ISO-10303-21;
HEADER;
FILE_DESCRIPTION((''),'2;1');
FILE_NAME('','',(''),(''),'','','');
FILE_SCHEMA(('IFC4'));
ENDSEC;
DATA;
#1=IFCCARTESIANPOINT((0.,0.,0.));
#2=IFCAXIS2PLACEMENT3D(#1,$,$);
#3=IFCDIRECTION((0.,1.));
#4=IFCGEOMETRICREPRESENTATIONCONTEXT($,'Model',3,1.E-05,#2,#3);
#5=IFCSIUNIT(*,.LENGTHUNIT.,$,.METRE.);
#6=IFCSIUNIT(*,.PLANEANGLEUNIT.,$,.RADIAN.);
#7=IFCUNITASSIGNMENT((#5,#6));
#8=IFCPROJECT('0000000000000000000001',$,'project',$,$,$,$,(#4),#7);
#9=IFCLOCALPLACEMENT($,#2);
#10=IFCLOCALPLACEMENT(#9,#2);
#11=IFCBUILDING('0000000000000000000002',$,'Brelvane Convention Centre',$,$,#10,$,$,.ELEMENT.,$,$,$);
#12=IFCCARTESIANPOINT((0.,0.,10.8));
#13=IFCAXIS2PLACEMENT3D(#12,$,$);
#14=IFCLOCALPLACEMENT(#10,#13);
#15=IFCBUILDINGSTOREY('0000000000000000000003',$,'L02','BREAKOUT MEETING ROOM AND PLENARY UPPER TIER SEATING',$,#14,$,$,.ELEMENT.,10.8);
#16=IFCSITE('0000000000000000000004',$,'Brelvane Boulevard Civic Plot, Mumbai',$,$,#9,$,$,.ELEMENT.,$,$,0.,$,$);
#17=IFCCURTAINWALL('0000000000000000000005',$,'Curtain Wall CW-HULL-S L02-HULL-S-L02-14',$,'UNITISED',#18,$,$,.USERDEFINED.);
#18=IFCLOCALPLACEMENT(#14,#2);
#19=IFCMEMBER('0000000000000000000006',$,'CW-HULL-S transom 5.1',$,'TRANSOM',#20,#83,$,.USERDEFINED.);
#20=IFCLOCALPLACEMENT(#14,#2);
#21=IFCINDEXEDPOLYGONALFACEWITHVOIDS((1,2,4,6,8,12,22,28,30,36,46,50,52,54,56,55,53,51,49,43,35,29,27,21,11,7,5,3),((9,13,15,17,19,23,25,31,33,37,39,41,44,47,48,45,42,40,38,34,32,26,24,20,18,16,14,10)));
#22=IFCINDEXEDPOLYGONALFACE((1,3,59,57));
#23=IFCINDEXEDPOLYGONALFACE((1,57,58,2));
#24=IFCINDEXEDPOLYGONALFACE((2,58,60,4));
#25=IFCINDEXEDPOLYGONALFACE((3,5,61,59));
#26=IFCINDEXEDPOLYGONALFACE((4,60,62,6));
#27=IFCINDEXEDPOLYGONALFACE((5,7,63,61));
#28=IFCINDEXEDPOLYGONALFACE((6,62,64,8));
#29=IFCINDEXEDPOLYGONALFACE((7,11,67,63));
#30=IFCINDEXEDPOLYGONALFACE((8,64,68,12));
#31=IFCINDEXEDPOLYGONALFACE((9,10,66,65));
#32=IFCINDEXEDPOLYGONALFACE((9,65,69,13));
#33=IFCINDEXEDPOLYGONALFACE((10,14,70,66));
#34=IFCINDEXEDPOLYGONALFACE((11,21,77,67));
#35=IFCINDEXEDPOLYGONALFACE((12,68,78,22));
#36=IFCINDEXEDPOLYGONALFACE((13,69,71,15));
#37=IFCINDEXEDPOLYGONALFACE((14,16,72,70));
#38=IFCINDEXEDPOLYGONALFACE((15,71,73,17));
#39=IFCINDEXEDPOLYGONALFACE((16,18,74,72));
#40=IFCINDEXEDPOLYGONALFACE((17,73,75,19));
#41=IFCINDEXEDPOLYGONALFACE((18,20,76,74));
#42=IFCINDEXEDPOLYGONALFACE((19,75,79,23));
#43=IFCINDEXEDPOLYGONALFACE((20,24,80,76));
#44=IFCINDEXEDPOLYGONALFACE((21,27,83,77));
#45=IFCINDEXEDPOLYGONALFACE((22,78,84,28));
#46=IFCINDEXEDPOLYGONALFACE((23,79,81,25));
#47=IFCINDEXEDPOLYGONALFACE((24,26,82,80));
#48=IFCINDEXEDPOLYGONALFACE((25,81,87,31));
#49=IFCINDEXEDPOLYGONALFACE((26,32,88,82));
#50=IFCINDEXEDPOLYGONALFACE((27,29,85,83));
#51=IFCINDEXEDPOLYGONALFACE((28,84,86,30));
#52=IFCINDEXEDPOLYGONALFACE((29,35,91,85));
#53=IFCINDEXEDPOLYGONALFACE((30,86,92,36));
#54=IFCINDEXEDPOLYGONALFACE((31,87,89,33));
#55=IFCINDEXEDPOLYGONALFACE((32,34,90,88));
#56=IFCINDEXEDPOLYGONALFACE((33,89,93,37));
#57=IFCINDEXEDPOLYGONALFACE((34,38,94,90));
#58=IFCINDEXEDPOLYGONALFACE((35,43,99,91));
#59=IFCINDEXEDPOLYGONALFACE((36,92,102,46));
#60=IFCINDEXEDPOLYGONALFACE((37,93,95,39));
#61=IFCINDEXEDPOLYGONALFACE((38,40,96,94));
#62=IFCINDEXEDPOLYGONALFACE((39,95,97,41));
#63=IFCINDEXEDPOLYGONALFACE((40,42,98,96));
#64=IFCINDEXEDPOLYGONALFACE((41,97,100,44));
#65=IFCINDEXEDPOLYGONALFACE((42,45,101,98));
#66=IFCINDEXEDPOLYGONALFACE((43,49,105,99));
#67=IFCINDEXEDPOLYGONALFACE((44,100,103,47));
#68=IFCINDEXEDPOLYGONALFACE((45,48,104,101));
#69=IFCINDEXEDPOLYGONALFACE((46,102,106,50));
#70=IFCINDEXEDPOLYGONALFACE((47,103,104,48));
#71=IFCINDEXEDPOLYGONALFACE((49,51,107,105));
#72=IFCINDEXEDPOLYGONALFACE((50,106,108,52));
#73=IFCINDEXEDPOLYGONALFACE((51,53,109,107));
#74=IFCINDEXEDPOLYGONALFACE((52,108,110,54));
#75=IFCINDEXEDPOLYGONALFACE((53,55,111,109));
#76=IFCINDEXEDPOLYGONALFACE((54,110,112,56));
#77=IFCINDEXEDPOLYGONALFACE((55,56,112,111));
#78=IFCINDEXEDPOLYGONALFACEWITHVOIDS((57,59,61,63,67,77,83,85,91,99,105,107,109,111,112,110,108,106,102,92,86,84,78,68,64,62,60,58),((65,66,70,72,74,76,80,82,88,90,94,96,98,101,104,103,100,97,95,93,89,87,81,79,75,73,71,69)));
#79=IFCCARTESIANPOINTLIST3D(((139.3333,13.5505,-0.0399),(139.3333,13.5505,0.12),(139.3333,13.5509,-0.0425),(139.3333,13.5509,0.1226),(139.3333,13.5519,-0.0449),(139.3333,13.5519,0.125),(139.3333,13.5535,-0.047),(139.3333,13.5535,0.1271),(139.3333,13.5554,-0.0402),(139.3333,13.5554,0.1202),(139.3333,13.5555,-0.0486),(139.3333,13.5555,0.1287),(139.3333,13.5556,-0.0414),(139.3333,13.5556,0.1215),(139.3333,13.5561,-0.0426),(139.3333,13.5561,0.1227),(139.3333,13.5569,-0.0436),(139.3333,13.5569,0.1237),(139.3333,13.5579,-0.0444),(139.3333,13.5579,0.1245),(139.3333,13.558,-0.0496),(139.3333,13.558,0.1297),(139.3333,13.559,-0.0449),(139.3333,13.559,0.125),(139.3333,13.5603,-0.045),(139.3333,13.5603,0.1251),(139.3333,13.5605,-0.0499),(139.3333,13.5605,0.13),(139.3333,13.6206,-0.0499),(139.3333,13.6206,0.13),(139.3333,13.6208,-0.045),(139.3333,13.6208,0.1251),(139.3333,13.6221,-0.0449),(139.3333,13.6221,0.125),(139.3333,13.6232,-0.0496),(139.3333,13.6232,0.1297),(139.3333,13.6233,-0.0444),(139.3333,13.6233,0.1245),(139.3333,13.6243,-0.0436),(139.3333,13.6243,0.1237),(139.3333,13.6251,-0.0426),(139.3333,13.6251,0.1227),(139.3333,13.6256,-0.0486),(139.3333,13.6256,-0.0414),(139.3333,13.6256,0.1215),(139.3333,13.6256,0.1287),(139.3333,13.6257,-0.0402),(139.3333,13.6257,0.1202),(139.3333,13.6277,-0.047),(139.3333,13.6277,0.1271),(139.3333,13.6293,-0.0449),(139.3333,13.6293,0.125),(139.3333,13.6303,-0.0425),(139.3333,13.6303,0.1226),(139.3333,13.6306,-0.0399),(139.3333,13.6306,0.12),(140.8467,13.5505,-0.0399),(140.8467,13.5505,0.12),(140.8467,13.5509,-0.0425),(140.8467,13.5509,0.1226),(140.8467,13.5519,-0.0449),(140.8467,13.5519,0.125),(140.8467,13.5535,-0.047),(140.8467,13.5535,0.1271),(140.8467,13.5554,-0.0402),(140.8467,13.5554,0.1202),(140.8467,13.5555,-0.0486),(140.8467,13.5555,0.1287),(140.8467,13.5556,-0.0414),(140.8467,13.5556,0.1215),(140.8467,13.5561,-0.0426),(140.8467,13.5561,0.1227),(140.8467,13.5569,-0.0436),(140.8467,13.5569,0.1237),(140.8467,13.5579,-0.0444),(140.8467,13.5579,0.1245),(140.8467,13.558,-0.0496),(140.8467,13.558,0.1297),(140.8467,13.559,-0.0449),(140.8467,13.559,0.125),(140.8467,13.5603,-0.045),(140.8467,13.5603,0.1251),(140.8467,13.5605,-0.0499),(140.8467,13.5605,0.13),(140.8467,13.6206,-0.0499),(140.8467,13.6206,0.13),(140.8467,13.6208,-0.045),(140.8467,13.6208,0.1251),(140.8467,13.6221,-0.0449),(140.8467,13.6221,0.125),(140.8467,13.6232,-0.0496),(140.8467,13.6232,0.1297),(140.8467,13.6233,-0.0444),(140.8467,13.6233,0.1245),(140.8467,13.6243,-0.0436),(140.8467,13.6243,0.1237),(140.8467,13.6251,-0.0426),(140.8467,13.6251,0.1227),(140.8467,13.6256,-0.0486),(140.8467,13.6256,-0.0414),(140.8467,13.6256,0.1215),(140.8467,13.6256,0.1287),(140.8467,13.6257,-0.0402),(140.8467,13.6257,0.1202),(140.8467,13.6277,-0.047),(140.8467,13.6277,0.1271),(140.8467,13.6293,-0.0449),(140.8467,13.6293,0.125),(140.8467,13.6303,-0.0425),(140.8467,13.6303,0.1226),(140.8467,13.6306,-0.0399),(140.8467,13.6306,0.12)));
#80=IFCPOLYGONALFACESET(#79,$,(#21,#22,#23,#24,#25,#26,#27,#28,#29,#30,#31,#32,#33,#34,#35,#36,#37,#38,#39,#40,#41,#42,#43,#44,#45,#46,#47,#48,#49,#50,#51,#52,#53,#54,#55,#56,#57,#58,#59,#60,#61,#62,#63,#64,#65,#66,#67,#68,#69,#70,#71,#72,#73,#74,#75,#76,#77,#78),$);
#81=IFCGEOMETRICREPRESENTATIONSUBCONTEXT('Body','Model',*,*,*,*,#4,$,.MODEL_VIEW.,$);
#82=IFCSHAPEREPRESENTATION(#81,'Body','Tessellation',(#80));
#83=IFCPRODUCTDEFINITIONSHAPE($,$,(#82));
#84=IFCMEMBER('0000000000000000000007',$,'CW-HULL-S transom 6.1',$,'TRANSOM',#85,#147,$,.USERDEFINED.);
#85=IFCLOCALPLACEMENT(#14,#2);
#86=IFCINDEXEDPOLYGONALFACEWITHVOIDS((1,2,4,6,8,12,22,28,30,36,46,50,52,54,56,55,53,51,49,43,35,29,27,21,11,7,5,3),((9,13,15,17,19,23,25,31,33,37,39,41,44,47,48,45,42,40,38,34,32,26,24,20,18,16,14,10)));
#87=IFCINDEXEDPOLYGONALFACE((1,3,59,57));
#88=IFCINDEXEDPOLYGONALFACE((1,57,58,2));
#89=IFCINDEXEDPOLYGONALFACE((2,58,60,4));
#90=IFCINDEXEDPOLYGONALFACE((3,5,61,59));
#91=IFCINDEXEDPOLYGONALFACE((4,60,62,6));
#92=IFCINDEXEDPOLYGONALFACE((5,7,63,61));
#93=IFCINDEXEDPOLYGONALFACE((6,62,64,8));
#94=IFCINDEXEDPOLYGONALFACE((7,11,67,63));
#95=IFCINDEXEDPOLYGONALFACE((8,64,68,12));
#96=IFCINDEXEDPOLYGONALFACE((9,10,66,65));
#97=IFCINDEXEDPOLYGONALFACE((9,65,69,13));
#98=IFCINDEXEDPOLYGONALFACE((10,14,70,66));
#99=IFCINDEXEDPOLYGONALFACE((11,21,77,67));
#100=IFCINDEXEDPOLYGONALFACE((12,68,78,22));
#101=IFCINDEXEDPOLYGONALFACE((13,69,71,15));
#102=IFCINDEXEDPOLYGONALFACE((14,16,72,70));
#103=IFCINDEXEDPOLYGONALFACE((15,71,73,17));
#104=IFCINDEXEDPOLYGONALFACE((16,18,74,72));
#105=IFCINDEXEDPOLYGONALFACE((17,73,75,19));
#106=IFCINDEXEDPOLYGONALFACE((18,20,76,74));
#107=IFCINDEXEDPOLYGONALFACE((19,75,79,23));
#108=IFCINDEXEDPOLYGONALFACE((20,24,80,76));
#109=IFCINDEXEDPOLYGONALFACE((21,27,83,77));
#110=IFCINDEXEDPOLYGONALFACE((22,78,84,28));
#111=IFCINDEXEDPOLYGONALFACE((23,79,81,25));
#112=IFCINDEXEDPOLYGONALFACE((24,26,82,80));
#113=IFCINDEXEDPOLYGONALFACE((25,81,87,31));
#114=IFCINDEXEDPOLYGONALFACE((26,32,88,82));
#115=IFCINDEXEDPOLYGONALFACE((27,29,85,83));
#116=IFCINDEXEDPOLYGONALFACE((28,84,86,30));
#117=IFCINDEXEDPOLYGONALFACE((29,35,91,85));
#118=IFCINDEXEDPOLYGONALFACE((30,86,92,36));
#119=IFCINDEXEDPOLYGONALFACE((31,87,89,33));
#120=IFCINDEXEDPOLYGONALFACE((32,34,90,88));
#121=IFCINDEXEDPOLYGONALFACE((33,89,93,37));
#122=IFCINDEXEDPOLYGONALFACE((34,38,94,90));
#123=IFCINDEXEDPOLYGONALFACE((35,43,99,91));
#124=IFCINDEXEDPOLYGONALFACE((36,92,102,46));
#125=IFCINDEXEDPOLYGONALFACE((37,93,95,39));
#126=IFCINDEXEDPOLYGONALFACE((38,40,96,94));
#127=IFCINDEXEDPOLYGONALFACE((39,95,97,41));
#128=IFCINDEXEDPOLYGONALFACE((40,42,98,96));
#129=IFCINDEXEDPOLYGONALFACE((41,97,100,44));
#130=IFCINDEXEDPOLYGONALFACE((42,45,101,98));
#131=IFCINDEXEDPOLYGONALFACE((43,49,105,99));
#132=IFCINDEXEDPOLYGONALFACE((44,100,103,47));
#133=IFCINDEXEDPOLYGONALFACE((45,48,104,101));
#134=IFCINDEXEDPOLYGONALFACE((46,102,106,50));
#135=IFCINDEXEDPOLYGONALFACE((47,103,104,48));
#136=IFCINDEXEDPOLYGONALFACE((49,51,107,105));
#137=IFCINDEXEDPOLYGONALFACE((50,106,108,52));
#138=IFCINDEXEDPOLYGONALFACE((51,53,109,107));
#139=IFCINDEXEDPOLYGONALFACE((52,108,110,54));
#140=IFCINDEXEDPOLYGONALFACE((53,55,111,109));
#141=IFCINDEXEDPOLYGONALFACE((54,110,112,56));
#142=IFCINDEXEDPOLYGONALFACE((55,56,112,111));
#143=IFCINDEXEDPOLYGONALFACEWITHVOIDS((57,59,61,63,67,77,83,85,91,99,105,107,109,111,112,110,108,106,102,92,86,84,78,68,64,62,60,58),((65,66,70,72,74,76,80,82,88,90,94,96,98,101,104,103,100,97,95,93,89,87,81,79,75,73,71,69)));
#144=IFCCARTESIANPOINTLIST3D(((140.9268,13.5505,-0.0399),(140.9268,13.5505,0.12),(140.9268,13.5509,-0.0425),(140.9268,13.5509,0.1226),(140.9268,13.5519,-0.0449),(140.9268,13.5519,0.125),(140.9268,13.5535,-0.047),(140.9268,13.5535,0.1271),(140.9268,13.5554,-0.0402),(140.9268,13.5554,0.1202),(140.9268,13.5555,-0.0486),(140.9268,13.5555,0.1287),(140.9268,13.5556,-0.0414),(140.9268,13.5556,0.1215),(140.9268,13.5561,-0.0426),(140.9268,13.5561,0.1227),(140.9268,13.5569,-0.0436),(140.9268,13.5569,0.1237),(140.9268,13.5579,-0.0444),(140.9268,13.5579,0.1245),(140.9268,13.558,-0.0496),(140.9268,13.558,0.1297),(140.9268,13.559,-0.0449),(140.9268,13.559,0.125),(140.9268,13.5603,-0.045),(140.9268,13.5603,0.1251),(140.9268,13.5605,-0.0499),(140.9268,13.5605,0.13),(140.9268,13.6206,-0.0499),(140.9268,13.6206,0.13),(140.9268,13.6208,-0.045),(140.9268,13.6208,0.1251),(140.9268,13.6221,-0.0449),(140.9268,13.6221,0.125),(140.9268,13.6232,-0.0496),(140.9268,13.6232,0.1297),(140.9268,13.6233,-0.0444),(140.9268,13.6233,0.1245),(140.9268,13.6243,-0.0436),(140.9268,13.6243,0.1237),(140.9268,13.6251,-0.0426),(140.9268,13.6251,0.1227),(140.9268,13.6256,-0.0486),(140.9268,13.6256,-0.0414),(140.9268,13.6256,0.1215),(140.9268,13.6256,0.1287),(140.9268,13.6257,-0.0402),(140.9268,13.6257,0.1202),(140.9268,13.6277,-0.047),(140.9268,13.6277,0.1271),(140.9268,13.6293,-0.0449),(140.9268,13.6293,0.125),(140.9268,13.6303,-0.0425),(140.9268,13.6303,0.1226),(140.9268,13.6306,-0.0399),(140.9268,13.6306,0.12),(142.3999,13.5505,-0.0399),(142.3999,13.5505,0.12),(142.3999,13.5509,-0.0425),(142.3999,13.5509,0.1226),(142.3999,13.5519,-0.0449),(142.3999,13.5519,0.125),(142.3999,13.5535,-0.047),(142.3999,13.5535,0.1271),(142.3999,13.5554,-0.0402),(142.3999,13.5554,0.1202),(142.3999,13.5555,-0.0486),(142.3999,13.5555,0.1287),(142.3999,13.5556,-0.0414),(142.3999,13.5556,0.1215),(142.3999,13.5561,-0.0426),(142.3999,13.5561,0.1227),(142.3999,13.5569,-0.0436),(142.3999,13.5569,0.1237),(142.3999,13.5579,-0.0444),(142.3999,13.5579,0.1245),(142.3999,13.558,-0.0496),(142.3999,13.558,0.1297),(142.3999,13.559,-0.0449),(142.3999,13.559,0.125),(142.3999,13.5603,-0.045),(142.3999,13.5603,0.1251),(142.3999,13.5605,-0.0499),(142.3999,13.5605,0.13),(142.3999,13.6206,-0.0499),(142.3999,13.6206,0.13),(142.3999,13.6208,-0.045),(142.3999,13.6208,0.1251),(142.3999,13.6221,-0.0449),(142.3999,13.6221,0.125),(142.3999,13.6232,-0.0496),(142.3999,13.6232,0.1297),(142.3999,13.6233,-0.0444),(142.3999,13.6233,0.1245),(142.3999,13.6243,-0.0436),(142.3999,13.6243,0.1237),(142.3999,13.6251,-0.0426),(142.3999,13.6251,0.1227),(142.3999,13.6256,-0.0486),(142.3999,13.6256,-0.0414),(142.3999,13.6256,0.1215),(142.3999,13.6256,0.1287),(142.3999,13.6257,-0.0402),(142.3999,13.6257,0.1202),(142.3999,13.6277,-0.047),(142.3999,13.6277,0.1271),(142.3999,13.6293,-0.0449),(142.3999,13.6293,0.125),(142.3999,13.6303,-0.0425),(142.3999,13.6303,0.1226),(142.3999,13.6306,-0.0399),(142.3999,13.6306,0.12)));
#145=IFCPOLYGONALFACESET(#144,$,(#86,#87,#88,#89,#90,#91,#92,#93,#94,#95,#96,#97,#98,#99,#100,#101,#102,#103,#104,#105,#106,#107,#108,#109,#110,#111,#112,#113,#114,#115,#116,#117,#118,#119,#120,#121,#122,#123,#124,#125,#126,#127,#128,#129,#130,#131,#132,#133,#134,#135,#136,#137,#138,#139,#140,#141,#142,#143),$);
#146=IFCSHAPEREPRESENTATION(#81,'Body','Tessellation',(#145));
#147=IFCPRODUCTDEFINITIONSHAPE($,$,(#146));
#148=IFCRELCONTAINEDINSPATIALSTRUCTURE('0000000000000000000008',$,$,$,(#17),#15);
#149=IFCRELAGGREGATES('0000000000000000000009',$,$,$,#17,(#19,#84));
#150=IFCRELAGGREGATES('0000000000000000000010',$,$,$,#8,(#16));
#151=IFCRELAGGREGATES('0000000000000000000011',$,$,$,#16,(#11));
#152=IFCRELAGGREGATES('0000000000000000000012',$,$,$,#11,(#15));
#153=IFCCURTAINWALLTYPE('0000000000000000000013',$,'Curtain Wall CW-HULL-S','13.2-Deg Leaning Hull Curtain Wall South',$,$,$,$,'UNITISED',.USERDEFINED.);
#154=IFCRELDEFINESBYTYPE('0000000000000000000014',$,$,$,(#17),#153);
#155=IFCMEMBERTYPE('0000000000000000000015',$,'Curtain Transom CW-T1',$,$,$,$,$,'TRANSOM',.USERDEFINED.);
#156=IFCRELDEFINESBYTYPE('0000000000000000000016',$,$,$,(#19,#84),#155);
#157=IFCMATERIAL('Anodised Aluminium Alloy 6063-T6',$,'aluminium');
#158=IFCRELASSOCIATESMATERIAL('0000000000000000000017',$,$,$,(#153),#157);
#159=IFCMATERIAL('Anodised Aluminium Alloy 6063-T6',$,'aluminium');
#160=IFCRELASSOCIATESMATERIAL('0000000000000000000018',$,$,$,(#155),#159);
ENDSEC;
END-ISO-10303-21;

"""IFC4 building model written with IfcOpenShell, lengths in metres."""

from ifc_helpers import new_model, si_unit, direction, frame, origin, origin_2d, place, context, subcontext, project, spatial, hollow_rectangle, extrude, material, material_profile, profile_set, type_object, element, aggregate, save


model = new_model("IFC4")

# Units and contexts
model_context = context("Model", 3, precision=1e-05, world=origin(), true_north=direction((0.0, 1.0)))
body_context = subcontext(model_context, "Body", "Model", "MODEL_VIEW")
ifc_project = project(units=[si_unit("LENGTHUNIT", "METRE"), si_unit("PLANEANGLEUNIT", "RADIAN")], contexts=[model_context])

# Site, building, storey
site_placement = place(None, origin())
site = spatial("IfcSite", under=ifc_project, at=site_placement, Name="Brelvane Boulevard Civic Plot, Mumbai", CompositionType="ELEMENT", RefElevation=0.0)
building_placement = place(site_placement, origin())
building = spatial("IfcBuilding", under=site, at=building_placement, Name="Brelvane Convention Centre", CompositionType="ELEMENT")
storey_placement = place(building_placement, frame((0.0, 0.0, 10.8)))
storey = spatial("IfcBuildingStorey", under=building, at=storey_placement, Name="L02", Description="BREAKOUT MEETING ROOM AND PLENARY UPPER TIER SEATING", CompositionType="ELEMENT", Elevation=10.8)

# Curtain wall
ifc_material_1 = material(Name="Anodised Aluminium Alloy 6063-T6", Category="aluminium")
curtain_wall_type = type_object("IfcCurtainWallType", Name="Curtain Wall CW-HULL-S", Description="13.2-Deg Leaning Hull Curtain Wall South", ElementType="UNITISED", PredefinedType="USERDEFINED", material=ifc_material_1)
curtain_wall_1_placement = place(storey_placement, origin())
curtain_wall_1 = element("IfcCurtainWall", 1, at=curtain_wall_1_placement, inside=storey, type_object=curtain_wall_type, Name="Curtain Wall CW-HULL-S L02-HULL-S-L02-14", ObjectType="UNITISED", PredefinedType="USERDEFINED")

# Members
ifc_material_2 = material(Name="Anodised Aluminium Alloy 6063-T6", Category="aluminium")
ifc_material_profile_1 = material_profile(ifc_material_2, hollow_rectangle(XDim=0.0801, YDim=0.1799, WallThickness=0.0049, InnerFilletRadius=0.0049, OuterFilletRadius=0.01, at=origin_2d()), Name="ALU-T 180x80x5.0")
ifc_profile_set_1 = profile_set([ifc_material_profile_1], Name="Anodised Aluminium Alloy 6063-T6")
member_type_1 = type_object("IfcMemberType", Name="Curtain Transom CW-T1", ElementType="TRANSOM", PredefinedType="USERDEFINED", material=ifc_profile_set_1)
member_1_placement = place(storey_placement, frame((139.3333, 13.5906, 0.04), z_axis=(1.0, 0.0, 0.0), x_axis=(0.0, 1.0, 0.0)))
member_1 = element("IfcMember", 2, at=member_1_placement, type_object=member_type_1, Name="CW-HULL-S transom 5.1", ObjectType="TRANSOM", PredefinedType="USERDEFINED", context=body_context, shape_type="SweptSolid", body=[
    extrude(hollow_rectangle(XDim=0.0801, YDim=0.1799, WallThickness=0.0049, InnerFilletRadius=0.0049, OuterFilletRadius=0.01, at=origin_2d()), origin(), (0.0, 0.0, 1.0), 1.5134),
])
member_2_placement = place(storey_placement, frame((140.9268, 13.5906, 0.04), z_axis=(1.0, 0.0, 0.0), x_axis=(0.0, 1.0, 0.0)))
member_2 = element("IfcMember", 3, at=member_2_placement, type_object=member_type_1, Name="CW-HULL-S transom 6.1", ObjectType="TRANSOM", PredefinedType="USERDEFINED", context=body_context, shape_type="SweptSolid", body=[
    extrude(hollow_rectangle(XDim=0.0801, YDim=0.1799, WallThickness=0.0049, InnerFilletRadius=0.0049, OuterFilletRadius=0.01, at=origin_2d()), origin(), (0.0, 0.0, 1.0), 1.4731),
])
aggregate(curtain_wall_1, [member_1, member_2])

save(model, "model.ifc")
